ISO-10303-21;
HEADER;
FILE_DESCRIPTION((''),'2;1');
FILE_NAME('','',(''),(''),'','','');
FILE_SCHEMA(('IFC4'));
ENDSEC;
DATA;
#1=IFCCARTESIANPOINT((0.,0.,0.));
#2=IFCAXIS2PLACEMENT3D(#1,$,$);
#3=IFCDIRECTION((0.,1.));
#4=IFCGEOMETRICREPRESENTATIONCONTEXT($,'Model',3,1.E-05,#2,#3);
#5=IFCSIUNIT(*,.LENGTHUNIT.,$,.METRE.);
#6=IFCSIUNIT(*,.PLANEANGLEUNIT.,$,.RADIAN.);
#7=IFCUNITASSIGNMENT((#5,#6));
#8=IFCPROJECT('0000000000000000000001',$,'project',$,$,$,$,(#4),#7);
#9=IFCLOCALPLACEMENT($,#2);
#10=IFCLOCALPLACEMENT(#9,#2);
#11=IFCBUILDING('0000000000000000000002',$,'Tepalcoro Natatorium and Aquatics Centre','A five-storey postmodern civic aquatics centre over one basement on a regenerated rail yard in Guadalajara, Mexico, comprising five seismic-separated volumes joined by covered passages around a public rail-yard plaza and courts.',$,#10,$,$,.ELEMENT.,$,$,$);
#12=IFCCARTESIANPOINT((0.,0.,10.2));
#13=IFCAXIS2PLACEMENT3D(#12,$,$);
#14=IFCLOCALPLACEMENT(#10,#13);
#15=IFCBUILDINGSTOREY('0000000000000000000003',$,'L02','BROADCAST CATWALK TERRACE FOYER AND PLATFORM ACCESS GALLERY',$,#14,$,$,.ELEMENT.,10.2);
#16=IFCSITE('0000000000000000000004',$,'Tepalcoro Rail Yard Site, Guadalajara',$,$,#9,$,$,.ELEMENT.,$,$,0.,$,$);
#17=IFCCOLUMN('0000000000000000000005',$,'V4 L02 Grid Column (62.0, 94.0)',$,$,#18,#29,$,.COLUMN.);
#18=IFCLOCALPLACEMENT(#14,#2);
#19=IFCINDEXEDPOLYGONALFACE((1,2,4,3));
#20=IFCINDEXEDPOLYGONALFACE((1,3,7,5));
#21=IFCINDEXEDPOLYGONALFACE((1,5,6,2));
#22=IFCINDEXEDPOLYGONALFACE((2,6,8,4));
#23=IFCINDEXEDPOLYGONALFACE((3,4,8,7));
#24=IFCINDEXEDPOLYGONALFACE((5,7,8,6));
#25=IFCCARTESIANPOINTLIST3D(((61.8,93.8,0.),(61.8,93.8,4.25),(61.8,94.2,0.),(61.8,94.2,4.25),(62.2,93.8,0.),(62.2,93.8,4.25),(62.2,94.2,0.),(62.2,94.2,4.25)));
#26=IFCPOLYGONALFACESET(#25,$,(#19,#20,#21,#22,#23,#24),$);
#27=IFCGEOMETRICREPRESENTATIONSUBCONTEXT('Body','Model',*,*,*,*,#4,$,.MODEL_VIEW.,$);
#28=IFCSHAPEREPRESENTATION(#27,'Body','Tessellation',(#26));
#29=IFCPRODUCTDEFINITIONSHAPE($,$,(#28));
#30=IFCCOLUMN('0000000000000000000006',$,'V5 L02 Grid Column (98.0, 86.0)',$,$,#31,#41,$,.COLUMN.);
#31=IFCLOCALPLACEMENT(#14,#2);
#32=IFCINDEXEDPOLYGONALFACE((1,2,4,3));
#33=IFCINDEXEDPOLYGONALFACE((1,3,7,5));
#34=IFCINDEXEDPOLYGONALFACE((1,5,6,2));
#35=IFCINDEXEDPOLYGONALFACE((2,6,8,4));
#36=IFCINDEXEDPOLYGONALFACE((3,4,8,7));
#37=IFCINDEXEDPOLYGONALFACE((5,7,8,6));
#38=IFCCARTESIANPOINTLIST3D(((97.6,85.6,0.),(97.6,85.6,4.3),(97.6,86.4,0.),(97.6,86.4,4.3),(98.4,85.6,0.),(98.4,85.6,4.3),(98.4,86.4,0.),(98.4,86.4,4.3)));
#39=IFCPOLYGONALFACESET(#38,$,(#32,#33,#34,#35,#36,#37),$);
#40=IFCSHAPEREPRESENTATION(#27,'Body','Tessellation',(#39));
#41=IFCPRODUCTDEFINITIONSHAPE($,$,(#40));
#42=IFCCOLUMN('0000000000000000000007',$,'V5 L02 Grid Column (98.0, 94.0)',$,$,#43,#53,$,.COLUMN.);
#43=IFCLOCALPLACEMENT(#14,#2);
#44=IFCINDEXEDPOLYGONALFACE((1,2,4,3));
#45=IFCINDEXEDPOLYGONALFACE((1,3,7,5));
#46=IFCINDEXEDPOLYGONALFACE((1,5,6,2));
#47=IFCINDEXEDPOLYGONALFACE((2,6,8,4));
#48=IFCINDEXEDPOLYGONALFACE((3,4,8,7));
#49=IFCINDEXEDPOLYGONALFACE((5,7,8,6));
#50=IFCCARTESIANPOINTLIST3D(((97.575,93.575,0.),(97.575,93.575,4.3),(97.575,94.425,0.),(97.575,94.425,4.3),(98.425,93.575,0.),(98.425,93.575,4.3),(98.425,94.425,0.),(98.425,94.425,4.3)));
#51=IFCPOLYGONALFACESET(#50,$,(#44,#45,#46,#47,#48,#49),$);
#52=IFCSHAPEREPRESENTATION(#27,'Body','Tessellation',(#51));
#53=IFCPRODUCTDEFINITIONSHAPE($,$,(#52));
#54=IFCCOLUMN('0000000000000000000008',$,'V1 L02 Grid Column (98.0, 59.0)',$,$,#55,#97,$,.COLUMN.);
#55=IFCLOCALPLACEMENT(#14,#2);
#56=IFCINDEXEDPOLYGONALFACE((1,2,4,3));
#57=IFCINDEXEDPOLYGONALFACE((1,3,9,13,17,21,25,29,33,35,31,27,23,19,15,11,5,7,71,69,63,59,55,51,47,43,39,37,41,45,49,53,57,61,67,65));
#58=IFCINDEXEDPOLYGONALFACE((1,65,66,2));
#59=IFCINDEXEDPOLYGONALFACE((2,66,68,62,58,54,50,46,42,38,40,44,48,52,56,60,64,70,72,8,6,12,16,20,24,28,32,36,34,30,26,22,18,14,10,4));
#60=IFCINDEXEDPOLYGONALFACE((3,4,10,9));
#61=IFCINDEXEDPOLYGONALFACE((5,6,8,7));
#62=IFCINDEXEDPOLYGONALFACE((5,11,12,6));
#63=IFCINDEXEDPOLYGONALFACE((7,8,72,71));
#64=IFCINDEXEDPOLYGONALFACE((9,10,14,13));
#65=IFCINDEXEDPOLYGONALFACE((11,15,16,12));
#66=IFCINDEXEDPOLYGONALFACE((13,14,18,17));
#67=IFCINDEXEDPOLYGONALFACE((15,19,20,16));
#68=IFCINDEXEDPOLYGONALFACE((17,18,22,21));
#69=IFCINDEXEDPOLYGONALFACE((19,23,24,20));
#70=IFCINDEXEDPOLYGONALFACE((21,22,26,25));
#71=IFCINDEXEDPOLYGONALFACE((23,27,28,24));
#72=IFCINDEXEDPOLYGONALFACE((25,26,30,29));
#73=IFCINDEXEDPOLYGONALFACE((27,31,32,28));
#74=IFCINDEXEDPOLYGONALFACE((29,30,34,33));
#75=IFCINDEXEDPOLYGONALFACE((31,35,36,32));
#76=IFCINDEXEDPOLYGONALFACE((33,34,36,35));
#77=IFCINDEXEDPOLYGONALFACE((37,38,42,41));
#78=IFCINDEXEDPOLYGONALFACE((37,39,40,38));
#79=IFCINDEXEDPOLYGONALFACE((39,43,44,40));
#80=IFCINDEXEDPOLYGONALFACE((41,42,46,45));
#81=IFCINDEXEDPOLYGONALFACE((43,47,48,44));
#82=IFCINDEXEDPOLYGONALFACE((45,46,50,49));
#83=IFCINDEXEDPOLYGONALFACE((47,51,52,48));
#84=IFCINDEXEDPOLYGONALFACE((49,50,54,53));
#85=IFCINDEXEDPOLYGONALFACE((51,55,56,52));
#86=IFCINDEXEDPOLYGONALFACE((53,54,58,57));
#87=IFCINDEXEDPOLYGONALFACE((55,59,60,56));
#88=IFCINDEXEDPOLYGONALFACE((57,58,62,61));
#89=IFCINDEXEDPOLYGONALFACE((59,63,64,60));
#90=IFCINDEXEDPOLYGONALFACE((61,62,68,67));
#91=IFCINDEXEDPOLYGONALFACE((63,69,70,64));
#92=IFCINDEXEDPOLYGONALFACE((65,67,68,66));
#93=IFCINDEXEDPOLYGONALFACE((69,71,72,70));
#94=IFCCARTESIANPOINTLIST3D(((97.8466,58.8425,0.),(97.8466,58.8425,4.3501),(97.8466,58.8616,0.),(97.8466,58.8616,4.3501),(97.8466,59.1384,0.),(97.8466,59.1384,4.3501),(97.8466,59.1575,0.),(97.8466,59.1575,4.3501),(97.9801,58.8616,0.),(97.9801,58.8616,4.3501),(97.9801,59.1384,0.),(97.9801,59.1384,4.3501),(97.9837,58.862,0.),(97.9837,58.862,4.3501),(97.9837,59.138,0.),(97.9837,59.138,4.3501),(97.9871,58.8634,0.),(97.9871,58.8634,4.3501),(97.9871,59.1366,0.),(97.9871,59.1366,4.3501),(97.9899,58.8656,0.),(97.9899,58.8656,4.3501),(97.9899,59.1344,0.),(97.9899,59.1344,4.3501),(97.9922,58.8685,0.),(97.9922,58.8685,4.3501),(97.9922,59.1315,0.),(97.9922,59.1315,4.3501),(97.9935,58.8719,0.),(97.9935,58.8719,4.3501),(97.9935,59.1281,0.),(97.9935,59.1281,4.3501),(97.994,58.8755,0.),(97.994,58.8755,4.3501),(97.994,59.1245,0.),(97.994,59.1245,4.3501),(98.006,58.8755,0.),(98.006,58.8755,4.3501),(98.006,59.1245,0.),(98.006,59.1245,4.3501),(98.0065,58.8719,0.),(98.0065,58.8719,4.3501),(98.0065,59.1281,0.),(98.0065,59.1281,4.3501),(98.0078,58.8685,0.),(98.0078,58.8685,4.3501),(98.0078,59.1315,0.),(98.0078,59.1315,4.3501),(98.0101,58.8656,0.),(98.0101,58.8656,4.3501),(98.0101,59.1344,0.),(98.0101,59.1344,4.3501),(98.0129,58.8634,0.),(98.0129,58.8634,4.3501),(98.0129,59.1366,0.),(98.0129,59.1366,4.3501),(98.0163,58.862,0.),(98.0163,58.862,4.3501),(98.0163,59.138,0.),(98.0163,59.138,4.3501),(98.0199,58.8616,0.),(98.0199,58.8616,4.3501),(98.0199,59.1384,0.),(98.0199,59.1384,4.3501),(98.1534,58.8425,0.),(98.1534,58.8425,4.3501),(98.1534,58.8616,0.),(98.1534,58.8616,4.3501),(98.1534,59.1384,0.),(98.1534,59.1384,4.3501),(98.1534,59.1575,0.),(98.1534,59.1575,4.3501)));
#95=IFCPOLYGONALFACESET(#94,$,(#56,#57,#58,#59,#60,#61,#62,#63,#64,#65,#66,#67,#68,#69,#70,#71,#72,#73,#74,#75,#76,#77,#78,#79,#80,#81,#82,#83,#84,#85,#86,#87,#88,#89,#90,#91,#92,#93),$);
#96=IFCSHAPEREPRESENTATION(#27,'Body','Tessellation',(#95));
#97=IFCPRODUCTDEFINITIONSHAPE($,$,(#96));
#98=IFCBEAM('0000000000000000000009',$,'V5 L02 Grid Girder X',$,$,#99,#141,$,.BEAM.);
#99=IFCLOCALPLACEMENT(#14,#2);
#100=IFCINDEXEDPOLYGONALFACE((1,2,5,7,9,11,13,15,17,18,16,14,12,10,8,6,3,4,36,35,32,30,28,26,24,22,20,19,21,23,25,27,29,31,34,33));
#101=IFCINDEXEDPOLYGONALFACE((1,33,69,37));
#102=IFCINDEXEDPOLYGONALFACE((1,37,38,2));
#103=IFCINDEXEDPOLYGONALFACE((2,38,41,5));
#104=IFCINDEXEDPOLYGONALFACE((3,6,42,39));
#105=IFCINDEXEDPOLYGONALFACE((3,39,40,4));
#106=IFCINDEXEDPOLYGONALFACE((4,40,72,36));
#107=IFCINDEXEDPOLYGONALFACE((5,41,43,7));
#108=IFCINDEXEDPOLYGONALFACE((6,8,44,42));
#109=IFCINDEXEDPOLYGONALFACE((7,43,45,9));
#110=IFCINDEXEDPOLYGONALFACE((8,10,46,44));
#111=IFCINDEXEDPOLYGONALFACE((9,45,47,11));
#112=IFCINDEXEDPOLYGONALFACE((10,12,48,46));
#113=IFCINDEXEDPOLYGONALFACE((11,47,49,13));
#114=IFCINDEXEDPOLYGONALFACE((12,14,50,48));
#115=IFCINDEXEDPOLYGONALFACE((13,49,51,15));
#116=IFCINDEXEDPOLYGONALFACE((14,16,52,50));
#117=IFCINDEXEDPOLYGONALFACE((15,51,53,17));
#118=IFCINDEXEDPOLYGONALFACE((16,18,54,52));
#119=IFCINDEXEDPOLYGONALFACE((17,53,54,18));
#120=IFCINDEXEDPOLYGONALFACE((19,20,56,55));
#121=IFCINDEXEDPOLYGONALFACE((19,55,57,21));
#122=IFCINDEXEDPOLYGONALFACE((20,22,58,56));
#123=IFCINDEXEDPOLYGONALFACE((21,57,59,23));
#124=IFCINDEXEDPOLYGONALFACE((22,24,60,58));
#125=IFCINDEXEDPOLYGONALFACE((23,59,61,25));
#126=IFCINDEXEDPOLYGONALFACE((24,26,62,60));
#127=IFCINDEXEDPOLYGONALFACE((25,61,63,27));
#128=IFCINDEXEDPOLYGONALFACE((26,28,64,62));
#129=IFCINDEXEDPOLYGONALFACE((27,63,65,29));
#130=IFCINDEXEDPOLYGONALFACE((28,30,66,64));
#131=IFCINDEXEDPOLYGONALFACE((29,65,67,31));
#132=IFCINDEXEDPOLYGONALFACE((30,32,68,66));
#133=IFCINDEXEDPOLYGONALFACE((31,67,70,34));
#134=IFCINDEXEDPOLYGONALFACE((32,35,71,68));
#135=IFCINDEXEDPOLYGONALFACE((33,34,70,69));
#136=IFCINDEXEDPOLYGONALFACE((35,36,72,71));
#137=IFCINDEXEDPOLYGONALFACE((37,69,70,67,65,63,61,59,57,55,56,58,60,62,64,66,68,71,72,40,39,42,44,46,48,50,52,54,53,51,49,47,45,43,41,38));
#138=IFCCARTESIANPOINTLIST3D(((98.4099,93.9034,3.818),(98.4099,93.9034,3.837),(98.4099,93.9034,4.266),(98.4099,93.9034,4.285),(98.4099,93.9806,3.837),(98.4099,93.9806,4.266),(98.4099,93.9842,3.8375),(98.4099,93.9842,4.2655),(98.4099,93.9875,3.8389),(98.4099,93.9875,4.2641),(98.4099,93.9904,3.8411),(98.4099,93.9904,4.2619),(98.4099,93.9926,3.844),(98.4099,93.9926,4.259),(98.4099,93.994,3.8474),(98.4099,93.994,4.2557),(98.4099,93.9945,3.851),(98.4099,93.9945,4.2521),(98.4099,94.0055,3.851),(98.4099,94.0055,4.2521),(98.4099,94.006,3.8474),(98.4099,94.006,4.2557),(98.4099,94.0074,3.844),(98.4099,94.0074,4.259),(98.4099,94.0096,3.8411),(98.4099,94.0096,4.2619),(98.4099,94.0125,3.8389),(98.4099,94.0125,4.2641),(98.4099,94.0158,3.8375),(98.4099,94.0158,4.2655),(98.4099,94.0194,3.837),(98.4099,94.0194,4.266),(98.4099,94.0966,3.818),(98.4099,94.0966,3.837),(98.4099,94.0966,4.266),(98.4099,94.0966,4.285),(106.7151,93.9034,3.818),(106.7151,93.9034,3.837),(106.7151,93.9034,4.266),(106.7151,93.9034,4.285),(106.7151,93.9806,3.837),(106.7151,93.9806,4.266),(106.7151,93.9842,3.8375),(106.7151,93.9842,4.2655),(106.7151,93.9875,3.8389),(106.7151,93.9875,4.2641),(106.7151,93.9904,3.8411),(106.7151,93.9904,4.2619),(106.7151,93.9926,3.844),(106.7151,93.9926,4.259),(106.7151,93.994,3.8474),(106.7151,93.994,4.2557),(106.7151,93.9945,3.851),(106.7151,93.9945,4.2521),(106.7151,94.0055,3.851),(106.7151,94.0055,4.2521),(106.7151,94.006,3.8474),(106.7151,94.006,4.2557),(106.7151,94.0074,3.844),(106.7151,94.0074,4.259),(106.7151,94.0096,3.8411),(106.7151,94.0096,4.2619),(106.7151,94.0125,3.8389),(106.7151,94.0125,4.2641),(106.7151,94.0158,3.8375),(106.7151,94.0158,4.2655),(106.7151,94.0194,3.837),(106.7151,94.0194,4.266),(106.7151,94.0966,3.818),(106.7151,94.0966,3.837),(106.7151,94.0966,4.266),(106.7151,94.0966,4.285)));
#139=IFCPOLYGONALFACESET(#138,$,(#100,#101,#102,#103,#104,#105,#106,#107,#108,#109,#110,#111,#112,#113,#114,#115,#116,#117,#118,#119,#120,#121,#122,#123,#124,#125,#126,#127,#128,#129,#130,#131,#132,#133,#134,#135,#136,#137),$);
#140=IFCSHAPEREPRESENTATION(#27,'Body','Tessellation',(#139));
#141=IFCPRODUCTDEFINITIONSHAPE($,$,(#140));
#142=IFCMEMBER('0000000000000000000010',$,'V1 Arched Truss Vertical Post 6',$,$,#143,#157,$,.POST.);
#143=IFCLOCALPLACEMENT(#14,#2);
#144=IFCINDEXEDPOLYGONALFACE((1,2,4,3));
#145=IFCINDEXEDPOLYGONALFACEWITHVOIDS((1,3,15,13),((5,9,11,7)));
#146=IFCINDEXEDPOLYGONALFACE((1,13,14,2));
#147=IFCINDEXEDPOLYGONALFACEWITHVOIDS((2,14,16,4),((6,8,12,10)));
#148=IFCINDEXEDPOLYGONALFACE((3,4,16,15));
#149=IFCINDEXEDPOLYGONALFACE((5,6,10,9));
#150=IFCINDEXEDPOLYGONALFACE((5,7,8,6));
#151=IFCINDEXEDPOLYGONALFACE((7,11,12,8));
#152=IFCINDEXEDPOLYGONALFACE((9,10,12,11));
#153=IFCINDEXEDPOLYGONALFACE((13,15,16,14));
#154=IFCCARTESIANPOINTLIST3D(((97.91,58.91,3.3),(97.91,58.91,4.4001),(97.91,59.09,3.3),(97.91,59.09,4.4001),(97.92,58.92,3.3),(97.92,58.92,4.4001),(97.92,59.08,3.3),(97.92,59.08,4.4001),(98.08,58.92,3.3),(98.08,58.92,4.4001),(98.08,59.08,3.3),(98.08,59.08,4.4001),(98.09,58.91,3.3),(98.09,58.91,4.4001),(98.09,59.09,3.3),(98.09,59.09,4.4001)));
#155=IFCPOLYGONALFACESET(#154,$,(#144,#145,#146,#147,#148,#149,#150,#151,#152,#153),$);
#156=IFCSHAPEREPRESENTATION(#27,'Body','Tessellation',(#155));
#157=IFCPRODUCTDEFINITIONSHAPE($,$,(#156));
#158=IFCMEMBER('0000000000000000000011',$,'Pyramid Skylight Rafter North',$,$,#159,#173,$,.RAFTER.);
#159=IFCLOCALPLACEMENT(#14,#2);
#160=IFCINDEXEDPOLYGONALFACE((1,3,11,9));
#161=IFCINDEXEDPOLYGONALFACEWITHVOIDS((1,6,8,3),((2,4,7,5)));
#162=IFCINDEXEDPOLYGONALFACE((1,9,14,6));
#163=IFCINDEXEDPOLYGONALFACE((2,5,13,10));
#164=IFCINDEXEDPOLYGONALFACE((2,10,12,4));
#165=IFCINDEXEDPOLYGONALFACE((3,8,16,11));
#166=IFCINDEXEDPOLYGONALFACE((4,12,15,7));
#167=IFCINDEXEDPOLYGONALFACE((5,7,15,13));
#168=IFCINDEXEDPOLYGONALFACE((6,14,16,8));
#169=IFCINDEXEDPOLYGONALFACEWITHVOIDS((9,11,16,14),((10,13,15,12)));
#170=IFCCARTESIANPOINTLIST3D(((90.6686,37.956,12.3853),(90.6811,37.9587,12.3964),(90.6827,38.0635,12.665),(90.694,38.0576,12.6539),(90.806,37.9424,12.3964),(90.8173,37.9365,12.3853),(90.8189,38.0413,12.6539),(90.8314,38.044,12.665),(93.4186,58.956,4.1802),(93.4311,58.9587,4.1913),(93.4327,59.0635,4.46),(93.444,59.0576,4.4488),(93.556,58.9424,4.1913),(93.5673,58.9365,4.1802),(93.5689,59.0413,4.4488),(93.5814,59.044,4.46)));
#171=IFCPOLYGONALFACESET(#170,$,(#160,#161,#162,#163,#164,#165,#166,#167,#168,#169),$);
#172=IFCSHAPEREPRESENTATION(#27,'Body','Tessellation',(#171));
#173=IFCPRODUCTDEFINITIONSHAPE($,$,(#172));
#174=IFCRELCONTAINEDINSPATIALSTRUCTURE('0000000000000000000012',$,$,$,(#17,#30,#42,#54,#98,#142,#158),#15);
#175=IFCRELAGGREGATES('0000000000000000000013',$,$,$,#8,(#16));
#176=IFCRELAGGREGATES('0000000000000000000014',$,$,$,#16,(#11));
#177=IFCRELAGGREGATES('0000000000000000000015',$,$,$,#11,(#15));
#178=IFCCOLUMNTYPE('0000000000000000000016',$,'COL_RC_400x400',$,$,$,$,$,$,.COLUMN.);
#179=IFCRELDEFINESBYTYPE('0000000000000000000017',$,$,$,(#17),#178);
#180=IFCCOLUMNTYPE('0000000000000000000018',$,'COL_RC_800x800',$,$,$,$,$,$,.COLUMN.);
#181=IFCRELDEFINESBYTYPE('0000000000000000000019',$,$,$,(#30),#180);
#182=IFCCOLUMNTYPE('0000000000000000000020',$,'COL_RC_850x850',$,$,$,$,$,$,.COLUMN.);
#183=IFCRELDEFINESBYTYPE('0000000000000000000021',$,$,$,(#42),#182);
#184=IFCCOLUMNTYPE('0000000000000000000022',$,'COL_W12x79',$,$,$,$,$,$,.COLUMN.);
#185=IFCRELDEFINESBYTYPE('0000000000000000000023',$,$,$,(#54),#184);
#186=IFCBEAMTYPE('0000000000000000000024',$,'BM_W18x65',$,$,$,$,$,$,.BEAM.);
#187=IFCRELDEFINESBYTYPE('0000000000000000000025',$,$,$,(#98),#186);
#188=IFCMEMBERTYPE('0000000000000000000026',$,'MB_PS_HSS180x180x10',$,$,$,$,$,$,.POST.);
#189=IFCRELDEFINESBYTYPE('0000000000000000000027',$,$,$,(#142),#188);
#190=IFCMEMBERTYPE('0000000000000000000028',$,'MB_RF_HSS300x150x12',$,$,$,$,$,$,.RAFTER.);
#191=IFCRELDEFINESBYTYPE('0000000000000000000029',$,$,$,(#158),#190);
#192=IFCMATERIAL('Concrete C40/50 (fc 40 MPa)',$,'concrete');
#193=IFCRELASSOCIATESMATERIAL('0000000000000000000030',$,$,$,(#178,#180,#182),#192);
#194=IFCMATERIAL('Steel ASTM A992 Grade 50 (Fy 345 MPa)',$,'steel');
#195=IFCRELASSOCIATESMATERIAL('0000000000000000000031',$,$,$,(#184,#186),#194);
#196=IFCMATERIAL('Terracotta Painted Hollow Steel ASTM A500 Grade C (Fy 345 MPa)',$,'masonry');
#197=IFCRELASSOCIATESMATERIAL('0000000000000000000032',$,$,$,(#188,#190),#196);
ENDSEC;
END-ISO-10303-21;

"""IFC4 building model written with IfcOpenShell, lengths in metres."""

from ifc_helpers import new_model, si_unit, direction, frame, origin, origin_2d, place, context, subcontext, project, spatial, rectangle, hollow_rectangle, i_section, extrude, material, material_profile, profile_set, type_object, element, save


model = new_model("IFC4")

# Units and contexts
model_context = context("Model", 3, precision=1e-05, world=origin(), true_north=direction((0.0, 1.0)))
body_context = subcontext(model_context, "Body", "Model", "MODEL_VIEW")
ifc_project = project(units=[si_unit("LENGTHUNIT", "METRE"), si_unit("PLANEANGLEUNIT", "RADIAN")], contexts=[model_context])

# Site, building, storey
site_placement = place(None, origin())
site = spatial("IfcSite", under=ifc_project, at=site_placement, Name="Tepalcoro Rail Yard Site, Guadalajara", CompositionType="ELEMENT", RefElevation=0.0)
building_placement = place(site_placement, origin())
building = spatial("IfcBuilding", under=site, at=building_placement, Name="Tepalcoro Natatorium and Aquatics Centre", Description="A five-storey postmodern civic aquatics centre over one basement on a regenerated rail yard in Guadalajara, Mexico, comprising five seismic-separated volumes joined by covered passages around a public rail-yard plaza and courts.", CompositionType="ELEMENT")
storey_placement = place(building_placement, frame((0.0, 0.0, 10.2)))
storey = spatial("IfcBuildingStorey", under=building, at=storey_placement, Name="L02", Description="BROADCAST CATWALK TERRACE FOYER AND PLATFORM ACCESS GALLERY", CompositionType="ELEMENT", Elevation=10.2)

# Columns
ifc_material_1 = material(Name="Concrete C40/50 (fc 40 MPa)", Category="concrete")
ifc_material_profile_1 = material_profile(ifc_material_1, rectangle(XDim=0.3999, YDim=0.3999, at=origin_2d()), Name="RC400x400")
ifc_profile_set_1 = profile_set([ifc_material_profile_1], Name="Concrete C40/50 (fc 40 MPa)")
column_type_1 = type_object("IfcColumnType", Name="COL_RC_400x400", PredefinedType="COLUMN", material=ifc_profile_set_1)
column_1_placement = place(storey_placement, frame((62.0, 94.0, 0.0), z_axis=(0.0, 0.0, 1.0), x_axis=(1.0, 0.0, 0.0)))
element("IfcColumn", 1, at=column_1_placement, inside=storey, type_object=column_type_1, Name="V4 L02 Grid Column (62.0, 94.0)", PredefinedType="COLUMN", context=body_context, shape_type="SweptSolid", body=[
    extrude(rectangle(XDim=0.3999, YDim=0.3999, at=origin_2d()), origin(), (0.0, 0.0, 1.0), 4.25),
])
ifc_material_profile_2 = material_profile(ifc_material_1, rectangle(XDim=0.8, YDim=0.8, at=origin_2d()), Name="RC800x800")
ifc_profile_set_2 = profile_set([ifc_material_profile_2], Name="Concrete C40/50 (fc 40 MPa)")
column_type_2 = type_object("IfcColumnType", Name="COL_RC_800x800", PredefinedType="COLUMN", material=ifc_profile_set_2)
column_2_placement = place(storey_placement, frame((98.0, 86.0, 0.0), z_axis=(0.0, 0.0, 1.0), x_axis=(1.0, 0.0, 0.0)))
element("IfcColumn", 2, at=column_2_placement, inside=storey, type_object=column_type_2, Name="V5 L02 Grid Column (98.0, 86.0)", PredefinedType="COLUMN", context=body_context, shape_type="SweptSolid", body=[
    extrude(rectangle(XDim=0.8, YDim=0.8, at=origin_2d()), origin(), (0.0, 0.0, 1.0), 4.3),
])
ifc_material_profile_3 = material_profile(ifc_material_1, rectangle(XDim=0.8501, YDim=0.8501, at=origin_2d()), Name="RC850x850")
ifc_profile_set_3 = profile_set([ifc_material_profile_3], Name="Concrete C40/50 (fc 40 MPa)")
column_type_3 = type_object("IfcColumnType", Name="COL_RC_850x850", PredefinedType="COLUMN", material=ifc_profile_set_3)
column_3_placement = place(storey_placement, frame((98.0, 94.0, 0.0), z_axis=(0.0, 0.0, 1.0), x_axis=(1.0, 0.0, 0.0)))
element("IfcColumn", 3, at=column_3_placement, inside=storey, type_object=column_type_3, Name="V5 L02 Grid Column (98.0, 94.0)", PredefinedType="COLUMN", context=body_context, shape_type="SweptSolid", body=[
    extrude(rectangle(XDim=0.8501, YDim=0.8501, at=origin_2d()), origin(), (0.0, 0.0, 1.0), 4.3),
])
ifc_material_2 = material(Name="Steel ASTM A992 Grade 50 (Fy 345 MPa)", Category="steel")
ifc_material_profile_4 = material_profile(ifc_material_2, i_section(OverallWidth=0.3069, OverallDepth=0.3149, WebThickness=0.012, FlangeThickness=0.019, FilletRadius=0.0139, at=origin_2d()), Name="W12X79")
ifc_profile_set_4 = profile_set([ifc_material_profile_4], Name="Steel ASTM A992 Grade 50 (Fy 345 MPa)")
column_type_4 = type_object("IfcColumnType", Name="COL_W12x79", PredefinedType="COLUMN", material=ifc_profile_set_4)
column_4_placement = place(storey_placement, frame((98.0, 59.0, 0.0), z_axis=(0.0, 0.0, 1.0), x_axis=(1.0, 0.0, 0.0)))
element("IfcColumn", 4, at=column_4_placement, inside=storey, type_object=column_type_4, Name="V1 L02 Grid Column (98.0, 59.0)", PredefinedType="COLUMN", context=body_context, shape_type="SweptSolid", body=[
    extrude(i_section(OverallWidth=0.3069, OverallDepth=0.3149, WebThickness=0.012, FlangeThickness=0.019, FilletRadius=0.0139, at=origin_2d()), origin(), (0.0, 0.0, 1.0), 4.3501),
])

# Beam
ifc_material_profile_5 = material_profile(ifc_material_2, i_section(OverallWidth=0.1931, OverallDepth=0.467, WebThickness=0.011, FlangeThickness=0.019, FilletRadius=0.0139, at=origin_2d()), Name="W18X65")
ifc_profile_set_5 = profile_set([ifc_material_profile_5], Name="Steel ASTM A992 Grade 50 (Fy 345 MPa)")
beam_type_1 = type_object("IfcBeamType", Name="BM_W18x65", PredefinedType="BEAM", material=ifc_profile_set_5)
beam_1_placement = place(storey_placement, frame((98.4099, 94.0, 4.0515), z_axis=(1.0, 0.0, 0.0), x_axis=(0.0, 1.0, 0.0)))
element("IfcBeam", 5, at=beam_1_placement, inside=storey, type_object=beam_type_1, Name="V5 L02 Grid Girder X", PredefinedType="BEAM", context=body_context, shape_type="SweptSolid", body=[
    extrude(i_section(OverallWidth=0.1931, OverallDepth=0.467, WebThickness=0.011, FlangeThickness=0.019, FilletRadius=0.0139, at=origin_2d()), origin(), (0.0, 0.0, 1.0), 8.3052),
])

# Members
ifc_material_3 = material(Name="Terracotta Painted Hollow Steel ASTM A500 Grade C (Fy 345 MPa)", Category="masonry")
ifc_material_profile_6 = material_profile(ifc_material_3, hollow_rectangle(XDim=0.1799, YDim=0.1799, WallThickness=0.01, at=origin_2d()), Name="HSS180X180X10")
ifc_profile_set_6 = profile_set([ifc_material_profile_6], Name="Terracotta Painted Hollow Steel ASTM A500 Grade C (Fy 345 MPa)")
member_type_1 = type_object("IfcMemberType", Name="MB_PS_HSS180x180x10", PredefinedType="POST", material=ifc_profile_set_6)
member_1_placement = place(storey_placement, frame((98.0, 59.0, 3.3), z_axis=(0.0, 0.0, 1.0), x_axis=(1.0, 0.0, 0.0)))
element("IfcMember", 6, at=member_1_placement, inside=storey, type_object=member_type_1, Name="V1 Arched Truss Vertical Post 6", PredefinedType="POST", context=body_context, shape_type="SweptSolid", body=[
    extrude(hollow_rectangle(XDim=0.1799, YDim=0.1799, WallThickness=0.01, at=origin_2d()), origin(), (0.0, 0.0, 1.0), 1.1001),
])
ifc_material_profile_7 = material_profile(ifc_material_3, hollow_rectangle(XDim=0.1499, YDim=0.3, WallThickness=0.012, at=origin_2d()), Name="HSS300X150X12")
ifc_profile_set_7 = profile_set([ifc_material_profile_7], Name="Terracotta Painted Hollow Steel ASTM A500 Grade C (Fy 345 MPa)")
member_type_2 = type_object("IfcMemberType", Name="MB_RF_HSS300x150x12", PredefinedType="RAFTER", material=ifc_profile_set_7)
member_2_placement = place(storey_placement, frame((93.5, 59.0, 4.3201), z_axis=(-0.121075, -0.924576, 0.361248), x_axis=(0.991534, -0.129844, 0.0)))
element("IfcMember", 7, at=member_2_placement, inside=storey, type_object=member_type_2, Name="Pyramid Skylight Rafter North", PredefinedType="RAFTER", context=body_context, shape_type="SweptSolid", body=[
    extrude(hollow_rectangle(XDim=0.1499, YDim=0.3, WallThickness=0.012, at=origin_2d()), origin(), (0.0, 0.0, 1.0), 22.7131),
])

save(model, "model.ifc")
